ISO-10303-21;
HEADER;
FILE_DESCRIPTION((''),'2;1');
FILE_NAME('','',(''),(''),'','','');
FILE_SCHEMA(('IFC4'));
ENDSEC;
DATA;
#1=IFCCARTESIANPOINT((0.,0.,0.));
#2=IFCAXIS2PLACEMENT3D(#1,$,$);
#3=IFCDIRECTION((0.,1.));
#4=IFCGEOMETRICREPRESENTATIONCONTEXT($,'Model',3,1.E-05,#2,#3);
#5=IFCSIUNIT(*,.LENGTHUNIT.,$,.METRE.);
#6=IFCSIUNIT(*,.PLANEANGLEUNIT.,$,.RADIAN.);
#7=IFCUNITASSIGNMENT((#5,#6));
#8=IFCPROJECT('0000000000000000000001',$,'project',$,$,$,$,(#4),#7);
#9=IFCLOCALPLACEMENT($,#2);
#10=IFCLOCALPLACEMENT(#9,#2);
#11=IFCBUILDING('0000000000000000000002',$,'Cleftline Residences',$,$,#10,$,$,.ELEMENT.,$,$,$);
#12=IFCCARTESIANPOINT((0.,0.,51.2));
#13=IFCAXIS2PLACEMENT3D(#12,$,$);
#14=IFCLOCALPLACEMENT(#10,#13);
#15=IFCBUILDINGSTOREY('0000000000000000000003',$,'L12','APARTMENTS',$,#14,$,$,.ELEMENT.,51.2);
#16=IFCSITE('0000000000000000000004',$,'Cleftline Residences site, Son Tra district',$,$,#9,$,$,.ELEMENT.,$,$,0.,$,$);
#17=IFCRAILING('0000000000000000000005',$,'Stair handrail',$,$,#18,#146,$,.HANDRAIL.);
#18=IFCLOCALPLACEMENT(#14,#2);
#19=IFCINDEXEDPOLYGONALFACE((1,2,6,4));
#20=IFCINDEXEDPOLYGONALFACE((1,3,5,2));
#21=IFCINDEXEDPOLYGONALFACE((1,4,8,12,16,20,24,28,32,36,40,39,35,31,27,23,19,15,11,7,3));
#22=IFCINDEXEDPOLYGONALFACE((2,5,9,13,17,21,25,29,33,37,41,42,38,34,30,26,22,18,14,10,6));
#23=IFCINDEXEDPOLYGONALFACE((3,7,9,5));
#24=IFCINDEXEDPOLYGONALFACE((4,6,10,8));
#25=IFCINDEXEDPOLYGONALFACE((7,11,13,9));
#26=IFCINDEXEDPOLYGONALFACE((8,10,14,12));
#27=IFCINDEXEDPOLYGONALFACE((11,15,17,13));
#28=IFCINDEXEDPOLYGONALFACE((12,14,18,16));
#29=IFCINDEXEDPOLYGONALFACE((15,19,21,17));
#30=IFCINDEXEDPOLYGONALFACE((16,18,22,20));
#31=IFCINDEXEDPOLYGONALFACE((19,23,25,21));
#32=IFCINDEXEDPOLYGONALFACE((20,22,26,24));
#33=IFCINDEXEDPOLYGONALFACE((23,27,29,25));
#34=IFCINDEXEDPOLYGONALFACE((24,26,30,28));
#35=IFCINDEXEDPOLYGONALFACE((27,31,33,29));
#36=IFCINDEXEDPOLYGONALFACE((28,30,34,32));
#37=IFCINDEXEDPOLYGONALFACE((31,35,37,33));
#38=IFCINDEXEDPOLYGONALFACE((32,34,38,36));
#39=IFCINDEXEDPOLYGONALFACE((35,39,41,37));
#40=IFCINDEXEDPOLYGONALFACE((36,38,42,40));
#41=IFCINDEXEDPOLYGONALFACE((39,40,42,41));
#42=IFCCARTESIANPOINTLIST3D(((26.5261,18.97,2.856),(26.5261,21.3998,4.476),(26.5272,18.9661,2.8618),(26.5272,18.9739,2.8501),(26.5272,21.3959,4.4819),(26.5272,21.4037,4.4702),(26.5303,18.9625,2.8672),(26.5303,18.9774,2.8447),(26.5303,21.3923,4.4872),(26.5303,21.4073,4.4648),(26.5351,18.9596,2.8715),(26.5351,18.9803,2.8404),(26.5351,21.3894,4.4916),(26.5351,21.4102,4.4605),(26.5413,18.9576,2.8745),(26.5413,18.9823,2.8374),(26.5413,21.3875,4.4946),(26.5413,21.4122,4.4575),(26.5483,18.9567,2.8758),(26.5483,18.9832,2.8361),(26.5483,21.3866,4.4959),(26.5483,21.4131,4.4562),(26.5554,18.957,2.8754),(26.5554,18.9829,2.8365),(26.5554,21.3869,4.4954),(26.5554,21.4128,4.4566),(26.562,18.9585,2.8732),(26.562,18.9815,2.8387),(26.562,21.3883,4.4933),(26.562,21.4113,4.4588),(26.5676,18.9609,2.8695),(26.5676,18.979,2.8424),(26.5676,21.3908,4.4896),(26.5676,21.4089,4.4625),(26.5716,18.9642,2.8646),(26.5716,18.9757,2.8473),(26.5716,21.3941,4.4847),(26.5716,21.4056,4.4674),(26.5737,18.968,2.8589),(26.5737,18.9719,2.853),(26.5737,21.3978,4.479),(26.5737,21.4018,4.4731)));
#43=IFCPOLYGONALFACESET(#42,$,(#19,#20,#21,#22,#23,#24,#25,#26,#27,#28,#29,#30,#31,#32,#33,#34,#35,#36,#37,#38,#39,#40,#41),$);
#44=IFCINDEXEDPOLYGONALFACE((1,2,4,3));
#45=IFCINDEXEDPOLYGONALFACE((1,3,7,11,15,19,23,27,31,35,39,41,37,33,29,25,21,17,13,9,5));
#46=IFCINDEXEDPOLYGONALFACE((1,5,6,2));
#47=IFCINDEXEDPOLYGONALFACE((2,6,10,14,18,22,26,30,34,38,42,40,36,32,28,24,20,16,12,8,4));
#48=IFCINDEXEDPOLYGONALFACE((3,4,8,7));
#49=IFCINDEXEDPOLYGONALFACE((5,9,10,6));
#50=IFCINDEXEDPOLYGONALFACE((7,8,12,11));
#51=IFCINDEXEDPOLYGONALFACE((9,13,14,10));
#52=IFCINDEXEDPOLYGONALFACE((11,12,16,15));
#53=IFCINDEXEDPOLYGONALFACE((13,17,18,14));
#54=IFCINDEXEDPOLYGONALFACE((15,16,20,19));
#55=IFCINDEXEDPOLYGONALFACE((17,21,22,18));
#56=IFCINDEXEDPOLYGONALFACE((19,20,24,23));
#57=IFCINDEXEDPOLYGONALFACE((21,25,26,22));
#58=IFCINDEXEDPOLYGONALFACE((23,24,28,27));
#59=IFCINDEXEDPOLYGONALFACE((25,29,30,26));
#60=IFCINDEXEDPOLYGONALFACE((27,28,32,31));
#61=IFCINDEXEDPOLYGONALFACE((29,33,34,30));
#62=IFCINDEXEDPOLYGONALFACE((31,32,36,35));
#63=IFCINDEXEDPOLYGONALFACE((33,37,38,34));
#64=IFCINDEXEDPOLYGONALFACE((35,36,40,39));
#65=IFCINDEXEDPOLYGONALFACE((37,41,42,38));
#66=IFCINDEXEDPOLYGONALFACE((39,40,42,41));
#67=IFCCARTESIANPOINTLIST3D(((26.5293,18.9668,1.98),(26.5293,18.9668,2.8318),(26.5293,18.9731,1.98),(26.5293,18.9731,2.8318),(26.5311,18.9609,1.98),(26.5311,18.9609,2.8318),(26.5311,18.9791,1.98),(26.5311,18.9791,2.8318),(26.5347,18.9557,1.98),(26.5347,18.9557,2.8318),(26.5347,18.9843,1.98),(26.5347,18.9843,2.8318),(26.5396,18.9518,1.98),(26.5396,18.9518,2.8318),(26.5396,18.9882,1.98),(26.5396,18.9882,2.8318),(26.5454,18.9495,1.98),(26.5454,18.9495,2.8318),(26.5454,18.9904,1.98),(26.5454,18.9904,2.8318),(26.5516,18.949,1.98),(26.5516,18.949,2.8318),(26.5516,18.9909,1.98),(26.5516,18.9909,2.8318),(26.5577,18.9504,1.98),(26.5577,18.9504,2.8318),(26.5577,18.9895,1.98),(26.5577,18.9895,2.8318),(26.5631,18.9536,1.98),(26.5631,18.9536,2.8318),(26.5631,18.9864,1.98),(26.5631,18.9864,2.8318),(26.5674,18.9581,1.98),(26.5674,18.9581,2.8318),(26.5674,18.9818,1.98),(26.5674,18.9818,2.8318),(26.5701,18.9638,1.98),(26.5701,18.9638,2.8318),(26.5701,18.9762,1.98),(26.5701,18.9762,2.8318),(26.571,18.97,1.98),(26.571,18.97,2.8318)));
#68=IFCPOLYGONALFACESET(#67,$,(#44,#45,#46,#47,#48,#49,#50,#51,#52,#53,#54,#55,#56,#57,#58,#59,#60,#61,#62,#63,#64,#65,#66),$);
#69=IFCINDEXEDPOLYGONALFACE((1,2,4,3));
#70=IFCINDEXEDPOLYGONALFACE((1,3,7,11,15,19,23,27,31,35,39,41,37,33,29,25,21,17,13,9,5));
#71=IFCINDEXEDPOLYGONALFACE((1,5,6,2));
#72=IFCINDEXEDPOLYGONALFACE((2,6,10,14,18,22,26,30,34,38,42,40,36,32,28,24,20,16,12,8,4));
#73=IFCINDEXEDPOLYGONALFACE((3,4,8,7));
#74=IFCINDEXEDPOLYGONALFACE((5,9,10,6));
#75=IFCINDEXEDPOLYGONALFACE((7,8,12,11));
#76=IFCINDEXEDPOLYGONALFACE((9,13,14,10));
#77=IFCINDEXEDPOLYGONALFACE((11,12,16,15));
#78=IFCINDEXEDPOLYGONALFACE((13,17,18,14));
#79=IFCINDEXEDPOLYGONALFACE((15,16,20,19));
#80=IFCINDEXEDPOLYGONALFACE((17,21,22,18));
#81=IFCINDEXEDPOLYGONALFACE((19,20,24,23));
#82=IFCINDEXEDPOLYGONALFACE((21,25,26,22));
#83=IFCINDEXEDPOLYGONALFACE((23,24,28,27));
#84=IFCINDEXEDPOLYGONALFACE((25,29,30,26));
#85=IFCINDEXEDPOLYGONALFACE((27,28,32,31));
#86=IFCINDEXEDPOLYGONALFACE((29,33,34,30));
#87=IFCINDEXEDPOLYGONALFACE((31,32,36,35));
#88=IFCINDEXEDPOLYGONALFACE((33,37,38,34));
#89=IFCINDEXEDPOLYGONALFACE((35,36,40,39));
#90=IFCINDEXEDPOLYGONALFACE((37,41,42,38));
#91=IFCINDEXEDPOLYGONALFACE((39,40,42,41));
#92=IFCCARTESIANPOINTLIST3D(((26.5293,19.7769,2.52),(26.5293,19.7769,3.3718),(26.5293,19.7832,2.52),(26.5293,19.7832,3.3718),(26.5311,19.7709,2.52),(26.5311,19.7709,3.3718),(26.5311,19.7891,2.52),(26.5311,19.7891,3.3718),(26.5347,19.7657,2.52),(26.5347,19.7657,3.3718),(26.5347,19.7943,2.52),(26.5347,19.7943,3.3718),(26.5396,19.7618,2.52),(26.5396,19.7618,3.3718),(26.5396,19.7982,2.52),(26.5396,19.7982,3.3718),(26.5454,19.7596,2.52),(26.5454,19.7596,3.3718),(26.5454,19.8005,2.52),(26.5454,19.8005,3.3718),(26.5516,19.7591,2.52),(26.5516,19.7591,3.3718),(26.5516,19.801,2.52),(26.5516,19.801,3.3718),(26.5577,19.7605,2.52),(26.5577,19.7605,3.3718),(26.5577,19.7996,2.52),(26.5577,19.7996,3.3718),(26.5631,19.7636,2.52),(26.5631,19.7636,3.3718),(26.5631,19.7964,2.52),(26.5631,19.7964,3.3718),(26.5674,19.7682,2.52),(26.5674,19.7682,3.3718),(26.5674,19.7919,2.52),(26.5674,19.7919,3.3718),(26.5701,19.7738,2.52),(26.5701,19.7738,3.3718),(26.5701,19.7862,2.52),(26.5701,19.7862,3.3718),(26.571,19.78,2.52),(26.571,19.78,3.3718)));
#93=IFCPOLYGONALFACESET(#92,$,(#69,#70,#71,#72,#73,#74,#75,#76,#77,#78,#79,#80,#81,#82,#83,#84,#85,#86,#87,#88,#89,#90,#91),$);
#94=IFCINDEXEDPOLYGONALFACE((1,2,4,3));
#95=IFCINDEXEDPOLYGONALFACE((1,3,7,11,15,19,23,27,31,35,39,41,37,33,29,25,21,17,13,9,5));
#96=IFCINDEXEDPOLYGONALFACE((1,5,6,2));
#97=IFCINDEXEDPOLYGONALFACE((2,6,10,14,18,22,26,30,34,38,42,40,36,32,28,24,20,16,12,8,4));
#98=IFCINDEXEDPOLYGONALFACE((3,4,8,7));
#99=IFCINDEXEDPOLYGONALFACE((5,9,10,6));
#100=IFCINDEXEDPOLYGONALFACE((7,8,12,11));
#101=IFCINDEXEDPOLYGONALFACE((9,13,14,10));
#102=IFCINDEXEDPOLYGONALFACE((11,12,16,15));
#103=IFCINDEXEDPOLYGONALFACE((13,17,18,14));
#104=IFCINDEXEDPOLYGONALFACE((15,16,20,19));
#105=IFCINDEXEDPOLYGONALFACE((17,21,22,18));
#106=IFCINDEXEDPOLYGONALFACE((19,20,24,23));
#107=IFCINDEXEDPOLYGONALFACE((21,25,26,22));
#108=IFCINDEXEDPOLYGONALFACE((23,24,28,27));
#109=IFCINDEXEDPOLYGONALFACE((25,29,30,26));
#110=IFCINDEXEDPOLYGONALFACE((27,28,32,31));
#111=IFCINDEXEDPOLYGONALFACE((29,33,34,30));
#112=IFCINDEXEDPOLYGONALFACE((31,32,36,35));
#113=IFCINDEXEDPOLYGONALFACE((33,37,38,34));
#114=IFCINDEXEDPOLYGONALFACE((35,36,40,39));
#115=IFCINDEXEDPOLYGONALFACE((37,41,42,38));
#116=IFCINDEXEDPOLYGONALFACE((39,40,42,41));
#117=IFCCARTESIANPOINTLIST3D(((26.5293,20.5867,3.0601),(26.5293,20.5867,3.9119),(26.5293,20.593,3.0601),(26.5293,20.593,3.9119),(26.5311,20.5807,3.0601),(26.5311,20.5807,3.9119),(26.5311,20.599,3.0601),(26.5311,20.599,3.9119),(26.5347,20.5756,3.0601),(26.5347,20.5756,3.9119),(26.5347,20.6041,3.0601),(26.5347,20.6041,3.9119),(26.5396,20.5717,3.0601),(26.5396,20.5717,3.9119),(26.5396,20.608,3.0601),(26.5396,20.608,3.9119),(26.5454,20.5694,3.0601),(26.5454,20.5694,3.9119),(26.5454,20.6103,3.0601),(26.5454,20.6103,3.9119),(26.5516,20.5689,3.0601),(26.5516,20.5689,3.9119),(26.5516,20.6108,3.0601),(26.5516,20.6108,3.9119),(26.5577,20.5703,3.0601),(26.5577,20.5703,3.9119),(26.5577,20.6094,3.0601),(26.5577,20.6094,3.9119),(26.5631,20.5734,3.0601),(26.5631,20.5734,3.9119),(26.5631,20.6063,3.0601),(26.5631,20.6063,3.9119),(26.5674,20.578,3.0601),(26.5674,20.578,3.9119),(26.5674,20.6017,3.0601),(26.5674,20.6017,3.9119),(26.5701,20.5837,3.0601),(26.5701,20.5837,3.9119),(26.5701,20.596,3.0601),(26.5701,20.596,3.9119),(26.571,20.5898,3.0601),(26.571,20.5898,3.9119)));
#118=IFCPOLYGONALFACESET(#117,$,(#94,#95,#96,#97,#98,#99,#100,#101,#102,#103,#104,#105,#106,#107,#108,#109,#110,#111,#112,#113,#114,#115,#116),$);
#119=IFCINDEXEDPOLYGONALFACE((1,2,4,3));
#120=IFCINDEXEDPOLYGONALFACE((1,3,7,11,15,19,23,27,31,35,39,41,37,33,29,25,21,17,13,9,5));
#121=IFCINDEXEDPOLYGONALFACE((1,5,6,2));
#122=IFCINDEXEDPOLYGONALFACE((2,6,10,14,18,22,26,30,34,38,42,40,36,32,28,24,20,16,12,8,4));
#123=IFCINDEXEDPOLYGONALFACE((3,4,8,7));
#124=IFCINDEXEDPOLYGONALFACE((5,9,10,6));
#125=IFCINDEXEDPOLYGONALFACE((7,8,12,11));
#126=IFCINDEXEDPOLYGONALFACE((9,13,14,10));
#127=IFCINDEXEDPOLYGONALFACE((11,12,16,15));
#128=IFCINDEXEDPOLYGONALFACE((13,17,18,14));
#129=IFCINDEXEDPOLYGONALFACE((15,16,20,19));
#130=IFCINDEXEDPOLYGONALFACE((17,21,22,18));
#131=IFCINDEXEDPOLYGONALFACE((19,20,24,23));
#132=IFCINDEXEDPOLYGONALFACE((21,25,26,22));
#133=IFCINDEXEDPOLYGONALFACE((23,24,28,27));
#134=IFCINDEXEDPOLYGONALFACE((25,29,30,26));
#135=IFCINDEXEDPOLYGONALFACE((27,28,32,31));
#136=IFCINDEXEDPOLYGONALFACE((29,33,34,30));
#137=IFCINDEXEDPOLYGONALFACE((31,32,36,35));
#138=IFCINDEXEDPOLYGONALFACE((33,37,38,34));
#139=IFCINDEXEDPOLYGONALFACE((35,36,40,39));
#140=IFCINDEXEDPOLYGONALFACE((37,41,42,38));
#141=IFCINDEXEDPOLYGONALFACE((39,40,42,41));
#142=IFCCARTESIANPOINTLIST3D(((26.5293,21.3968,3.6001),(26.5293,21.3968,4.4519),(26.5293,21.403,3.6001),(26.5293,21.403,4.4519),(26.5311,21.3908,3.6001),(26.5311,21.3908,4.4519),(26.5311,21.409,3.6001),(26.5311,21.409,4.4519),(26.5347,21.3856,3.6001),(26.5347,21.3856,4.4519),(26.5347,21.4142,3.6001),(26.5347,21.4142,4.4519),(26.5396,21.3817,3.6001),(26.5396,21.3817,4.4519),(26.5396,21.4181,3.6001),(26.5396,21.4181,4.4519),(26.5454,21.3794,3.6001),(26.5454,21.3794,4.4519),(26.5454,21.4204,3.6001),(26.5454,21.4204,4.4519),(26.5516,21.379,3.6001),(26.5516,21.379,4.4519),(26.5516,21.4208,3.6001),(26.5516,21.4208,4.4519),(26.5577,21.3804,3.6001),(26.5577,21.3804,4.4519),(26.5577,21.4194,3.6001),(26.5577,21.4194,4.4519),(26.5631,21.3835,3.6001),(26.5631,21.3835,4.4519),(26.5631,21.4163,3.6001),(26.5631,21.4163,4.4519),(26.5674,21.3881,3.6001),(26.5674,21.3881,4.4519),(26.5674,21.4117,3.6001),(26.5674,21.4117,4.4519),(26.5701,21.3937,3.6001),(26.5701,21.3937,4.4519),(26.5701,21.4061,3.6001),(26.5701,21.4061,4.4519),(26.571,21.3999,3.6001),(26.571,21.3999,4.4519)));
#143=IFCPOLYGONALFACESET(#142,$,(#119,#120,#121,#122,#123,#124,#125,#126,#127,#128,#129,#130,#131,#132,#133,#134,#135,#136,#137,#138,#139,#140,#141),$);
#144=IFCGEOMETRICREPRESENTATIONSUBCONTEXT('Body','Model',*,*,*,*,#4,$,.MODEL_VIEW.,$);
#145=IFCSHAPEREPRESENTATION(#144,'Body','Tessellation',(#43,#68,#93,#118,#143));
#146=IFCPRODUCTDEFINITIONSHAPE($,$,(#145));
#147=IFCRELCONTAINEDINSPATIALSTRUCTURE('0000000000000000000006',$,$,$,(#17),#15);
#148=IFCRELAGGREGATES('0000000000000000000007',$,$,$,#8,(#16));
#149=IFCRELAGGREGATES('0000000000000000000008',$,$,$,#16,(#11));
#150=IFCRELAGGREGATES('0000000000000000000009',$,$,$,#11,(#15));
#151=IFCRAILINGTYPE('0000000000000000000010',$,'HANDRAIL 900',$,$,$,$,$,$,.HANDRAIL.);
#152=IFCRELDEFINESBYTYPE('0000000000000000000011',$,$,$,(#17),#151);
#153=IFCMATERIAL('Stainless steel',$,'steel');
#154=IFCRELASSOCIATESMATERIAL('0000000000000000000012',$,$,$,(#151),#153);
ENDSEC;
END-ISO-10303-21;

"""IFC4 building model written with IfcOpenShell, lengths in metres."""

from ifc_helpers import new_model, si_unit, direction, frame, origin, origin_2d, place, context, subcontext, project, spatial, circle, extrude, material, type_object, element, save


model = new_model("IFC4")

# Units and contexts
model_context = context("Model", 3, precision=1e-05, world=origin(), true_north=direction((0.0, 1.0)))
body_context = subcontext(model_context, "Body", "Model", "MODEL_VIEW")
ifc_project = project(units=[si_unit("LENGTHUNIT", "METRE"), si_unit("PLANEANGLEUNIT", "RADIAN")], contexts=[model_context])

# Site, building, storey
site_placement = place(None, origin())
site = spatial("IfcSite", under=ifc_project, at=site_placement, Name="Cleftline Residences site, Son Tra district", CompositionType="ELEMENT", RefElevation=0.0)
building_placement = place(site_placement, origin())
building = spatial("IfcBuilding", under=site, at=building_placement, Name="Cleftline Residences", CompositionType="ELEMENT")
storey_placement = place(building_placement, frame((0.0, 0.0, 51.2)))
storey = spatial("IfcBuildingStorey", under=building, at=storey_placement, Name="L12", Description="APARTMENTS", CompositionType="ELEMENT", Elevation=51.2)

# Railing
ifc_material_1 = material(Name="Stainless steel", Category="steel")
railing_type = type_object("IfcRailingType", Name="HANDRAIL 900", PredefinedType="HANDRAIL", material=ifc_material_1)
railing_1_placement = place(storey_placement, frame((26.55, 18.97, 1.98)))
element("IfcRailing", 1, at=railing_1_placement, inside=storey, type_object=railing_type, Name="Stair handrail", PredefinedType="HANDRAIL", context=body_context, shape_type="SweptSolid", body=[
    extrude(circle(Radius=0.0239, at=origin_2d()), frame((0.0, 0.0, 0.876), z_axis=(0.0, 0.832025, 0.554739), x_axis=(-1.0, 0.0, 0.0)), (0.0, 0.0, 1.0), 2.9204),
    extrude(circle(Radius=0.021, at=origin_2d()), origin(), (0.0, 0.0, 1.0), 0.8518),
    extrude(circle(Radius=0.021, at=origin_2d()), frame((0.0, 0.8101, 0.54)), (0.0, 0.0, 1.0), 0.8518),
    extrude(circle(Radius=0.021, at=origin_2d()), frame((0.0, 1.6199, 1.0801)), (0.0, 0.0, 1.0), 0.8518),
    extrude(circle(Radius=0.021, at=origin_2d()), frame((0.0, 2.4299, 1.6201)), (0.0, 0.0, 1.0), 0.8518),
])

save(model, "model.ifc")
